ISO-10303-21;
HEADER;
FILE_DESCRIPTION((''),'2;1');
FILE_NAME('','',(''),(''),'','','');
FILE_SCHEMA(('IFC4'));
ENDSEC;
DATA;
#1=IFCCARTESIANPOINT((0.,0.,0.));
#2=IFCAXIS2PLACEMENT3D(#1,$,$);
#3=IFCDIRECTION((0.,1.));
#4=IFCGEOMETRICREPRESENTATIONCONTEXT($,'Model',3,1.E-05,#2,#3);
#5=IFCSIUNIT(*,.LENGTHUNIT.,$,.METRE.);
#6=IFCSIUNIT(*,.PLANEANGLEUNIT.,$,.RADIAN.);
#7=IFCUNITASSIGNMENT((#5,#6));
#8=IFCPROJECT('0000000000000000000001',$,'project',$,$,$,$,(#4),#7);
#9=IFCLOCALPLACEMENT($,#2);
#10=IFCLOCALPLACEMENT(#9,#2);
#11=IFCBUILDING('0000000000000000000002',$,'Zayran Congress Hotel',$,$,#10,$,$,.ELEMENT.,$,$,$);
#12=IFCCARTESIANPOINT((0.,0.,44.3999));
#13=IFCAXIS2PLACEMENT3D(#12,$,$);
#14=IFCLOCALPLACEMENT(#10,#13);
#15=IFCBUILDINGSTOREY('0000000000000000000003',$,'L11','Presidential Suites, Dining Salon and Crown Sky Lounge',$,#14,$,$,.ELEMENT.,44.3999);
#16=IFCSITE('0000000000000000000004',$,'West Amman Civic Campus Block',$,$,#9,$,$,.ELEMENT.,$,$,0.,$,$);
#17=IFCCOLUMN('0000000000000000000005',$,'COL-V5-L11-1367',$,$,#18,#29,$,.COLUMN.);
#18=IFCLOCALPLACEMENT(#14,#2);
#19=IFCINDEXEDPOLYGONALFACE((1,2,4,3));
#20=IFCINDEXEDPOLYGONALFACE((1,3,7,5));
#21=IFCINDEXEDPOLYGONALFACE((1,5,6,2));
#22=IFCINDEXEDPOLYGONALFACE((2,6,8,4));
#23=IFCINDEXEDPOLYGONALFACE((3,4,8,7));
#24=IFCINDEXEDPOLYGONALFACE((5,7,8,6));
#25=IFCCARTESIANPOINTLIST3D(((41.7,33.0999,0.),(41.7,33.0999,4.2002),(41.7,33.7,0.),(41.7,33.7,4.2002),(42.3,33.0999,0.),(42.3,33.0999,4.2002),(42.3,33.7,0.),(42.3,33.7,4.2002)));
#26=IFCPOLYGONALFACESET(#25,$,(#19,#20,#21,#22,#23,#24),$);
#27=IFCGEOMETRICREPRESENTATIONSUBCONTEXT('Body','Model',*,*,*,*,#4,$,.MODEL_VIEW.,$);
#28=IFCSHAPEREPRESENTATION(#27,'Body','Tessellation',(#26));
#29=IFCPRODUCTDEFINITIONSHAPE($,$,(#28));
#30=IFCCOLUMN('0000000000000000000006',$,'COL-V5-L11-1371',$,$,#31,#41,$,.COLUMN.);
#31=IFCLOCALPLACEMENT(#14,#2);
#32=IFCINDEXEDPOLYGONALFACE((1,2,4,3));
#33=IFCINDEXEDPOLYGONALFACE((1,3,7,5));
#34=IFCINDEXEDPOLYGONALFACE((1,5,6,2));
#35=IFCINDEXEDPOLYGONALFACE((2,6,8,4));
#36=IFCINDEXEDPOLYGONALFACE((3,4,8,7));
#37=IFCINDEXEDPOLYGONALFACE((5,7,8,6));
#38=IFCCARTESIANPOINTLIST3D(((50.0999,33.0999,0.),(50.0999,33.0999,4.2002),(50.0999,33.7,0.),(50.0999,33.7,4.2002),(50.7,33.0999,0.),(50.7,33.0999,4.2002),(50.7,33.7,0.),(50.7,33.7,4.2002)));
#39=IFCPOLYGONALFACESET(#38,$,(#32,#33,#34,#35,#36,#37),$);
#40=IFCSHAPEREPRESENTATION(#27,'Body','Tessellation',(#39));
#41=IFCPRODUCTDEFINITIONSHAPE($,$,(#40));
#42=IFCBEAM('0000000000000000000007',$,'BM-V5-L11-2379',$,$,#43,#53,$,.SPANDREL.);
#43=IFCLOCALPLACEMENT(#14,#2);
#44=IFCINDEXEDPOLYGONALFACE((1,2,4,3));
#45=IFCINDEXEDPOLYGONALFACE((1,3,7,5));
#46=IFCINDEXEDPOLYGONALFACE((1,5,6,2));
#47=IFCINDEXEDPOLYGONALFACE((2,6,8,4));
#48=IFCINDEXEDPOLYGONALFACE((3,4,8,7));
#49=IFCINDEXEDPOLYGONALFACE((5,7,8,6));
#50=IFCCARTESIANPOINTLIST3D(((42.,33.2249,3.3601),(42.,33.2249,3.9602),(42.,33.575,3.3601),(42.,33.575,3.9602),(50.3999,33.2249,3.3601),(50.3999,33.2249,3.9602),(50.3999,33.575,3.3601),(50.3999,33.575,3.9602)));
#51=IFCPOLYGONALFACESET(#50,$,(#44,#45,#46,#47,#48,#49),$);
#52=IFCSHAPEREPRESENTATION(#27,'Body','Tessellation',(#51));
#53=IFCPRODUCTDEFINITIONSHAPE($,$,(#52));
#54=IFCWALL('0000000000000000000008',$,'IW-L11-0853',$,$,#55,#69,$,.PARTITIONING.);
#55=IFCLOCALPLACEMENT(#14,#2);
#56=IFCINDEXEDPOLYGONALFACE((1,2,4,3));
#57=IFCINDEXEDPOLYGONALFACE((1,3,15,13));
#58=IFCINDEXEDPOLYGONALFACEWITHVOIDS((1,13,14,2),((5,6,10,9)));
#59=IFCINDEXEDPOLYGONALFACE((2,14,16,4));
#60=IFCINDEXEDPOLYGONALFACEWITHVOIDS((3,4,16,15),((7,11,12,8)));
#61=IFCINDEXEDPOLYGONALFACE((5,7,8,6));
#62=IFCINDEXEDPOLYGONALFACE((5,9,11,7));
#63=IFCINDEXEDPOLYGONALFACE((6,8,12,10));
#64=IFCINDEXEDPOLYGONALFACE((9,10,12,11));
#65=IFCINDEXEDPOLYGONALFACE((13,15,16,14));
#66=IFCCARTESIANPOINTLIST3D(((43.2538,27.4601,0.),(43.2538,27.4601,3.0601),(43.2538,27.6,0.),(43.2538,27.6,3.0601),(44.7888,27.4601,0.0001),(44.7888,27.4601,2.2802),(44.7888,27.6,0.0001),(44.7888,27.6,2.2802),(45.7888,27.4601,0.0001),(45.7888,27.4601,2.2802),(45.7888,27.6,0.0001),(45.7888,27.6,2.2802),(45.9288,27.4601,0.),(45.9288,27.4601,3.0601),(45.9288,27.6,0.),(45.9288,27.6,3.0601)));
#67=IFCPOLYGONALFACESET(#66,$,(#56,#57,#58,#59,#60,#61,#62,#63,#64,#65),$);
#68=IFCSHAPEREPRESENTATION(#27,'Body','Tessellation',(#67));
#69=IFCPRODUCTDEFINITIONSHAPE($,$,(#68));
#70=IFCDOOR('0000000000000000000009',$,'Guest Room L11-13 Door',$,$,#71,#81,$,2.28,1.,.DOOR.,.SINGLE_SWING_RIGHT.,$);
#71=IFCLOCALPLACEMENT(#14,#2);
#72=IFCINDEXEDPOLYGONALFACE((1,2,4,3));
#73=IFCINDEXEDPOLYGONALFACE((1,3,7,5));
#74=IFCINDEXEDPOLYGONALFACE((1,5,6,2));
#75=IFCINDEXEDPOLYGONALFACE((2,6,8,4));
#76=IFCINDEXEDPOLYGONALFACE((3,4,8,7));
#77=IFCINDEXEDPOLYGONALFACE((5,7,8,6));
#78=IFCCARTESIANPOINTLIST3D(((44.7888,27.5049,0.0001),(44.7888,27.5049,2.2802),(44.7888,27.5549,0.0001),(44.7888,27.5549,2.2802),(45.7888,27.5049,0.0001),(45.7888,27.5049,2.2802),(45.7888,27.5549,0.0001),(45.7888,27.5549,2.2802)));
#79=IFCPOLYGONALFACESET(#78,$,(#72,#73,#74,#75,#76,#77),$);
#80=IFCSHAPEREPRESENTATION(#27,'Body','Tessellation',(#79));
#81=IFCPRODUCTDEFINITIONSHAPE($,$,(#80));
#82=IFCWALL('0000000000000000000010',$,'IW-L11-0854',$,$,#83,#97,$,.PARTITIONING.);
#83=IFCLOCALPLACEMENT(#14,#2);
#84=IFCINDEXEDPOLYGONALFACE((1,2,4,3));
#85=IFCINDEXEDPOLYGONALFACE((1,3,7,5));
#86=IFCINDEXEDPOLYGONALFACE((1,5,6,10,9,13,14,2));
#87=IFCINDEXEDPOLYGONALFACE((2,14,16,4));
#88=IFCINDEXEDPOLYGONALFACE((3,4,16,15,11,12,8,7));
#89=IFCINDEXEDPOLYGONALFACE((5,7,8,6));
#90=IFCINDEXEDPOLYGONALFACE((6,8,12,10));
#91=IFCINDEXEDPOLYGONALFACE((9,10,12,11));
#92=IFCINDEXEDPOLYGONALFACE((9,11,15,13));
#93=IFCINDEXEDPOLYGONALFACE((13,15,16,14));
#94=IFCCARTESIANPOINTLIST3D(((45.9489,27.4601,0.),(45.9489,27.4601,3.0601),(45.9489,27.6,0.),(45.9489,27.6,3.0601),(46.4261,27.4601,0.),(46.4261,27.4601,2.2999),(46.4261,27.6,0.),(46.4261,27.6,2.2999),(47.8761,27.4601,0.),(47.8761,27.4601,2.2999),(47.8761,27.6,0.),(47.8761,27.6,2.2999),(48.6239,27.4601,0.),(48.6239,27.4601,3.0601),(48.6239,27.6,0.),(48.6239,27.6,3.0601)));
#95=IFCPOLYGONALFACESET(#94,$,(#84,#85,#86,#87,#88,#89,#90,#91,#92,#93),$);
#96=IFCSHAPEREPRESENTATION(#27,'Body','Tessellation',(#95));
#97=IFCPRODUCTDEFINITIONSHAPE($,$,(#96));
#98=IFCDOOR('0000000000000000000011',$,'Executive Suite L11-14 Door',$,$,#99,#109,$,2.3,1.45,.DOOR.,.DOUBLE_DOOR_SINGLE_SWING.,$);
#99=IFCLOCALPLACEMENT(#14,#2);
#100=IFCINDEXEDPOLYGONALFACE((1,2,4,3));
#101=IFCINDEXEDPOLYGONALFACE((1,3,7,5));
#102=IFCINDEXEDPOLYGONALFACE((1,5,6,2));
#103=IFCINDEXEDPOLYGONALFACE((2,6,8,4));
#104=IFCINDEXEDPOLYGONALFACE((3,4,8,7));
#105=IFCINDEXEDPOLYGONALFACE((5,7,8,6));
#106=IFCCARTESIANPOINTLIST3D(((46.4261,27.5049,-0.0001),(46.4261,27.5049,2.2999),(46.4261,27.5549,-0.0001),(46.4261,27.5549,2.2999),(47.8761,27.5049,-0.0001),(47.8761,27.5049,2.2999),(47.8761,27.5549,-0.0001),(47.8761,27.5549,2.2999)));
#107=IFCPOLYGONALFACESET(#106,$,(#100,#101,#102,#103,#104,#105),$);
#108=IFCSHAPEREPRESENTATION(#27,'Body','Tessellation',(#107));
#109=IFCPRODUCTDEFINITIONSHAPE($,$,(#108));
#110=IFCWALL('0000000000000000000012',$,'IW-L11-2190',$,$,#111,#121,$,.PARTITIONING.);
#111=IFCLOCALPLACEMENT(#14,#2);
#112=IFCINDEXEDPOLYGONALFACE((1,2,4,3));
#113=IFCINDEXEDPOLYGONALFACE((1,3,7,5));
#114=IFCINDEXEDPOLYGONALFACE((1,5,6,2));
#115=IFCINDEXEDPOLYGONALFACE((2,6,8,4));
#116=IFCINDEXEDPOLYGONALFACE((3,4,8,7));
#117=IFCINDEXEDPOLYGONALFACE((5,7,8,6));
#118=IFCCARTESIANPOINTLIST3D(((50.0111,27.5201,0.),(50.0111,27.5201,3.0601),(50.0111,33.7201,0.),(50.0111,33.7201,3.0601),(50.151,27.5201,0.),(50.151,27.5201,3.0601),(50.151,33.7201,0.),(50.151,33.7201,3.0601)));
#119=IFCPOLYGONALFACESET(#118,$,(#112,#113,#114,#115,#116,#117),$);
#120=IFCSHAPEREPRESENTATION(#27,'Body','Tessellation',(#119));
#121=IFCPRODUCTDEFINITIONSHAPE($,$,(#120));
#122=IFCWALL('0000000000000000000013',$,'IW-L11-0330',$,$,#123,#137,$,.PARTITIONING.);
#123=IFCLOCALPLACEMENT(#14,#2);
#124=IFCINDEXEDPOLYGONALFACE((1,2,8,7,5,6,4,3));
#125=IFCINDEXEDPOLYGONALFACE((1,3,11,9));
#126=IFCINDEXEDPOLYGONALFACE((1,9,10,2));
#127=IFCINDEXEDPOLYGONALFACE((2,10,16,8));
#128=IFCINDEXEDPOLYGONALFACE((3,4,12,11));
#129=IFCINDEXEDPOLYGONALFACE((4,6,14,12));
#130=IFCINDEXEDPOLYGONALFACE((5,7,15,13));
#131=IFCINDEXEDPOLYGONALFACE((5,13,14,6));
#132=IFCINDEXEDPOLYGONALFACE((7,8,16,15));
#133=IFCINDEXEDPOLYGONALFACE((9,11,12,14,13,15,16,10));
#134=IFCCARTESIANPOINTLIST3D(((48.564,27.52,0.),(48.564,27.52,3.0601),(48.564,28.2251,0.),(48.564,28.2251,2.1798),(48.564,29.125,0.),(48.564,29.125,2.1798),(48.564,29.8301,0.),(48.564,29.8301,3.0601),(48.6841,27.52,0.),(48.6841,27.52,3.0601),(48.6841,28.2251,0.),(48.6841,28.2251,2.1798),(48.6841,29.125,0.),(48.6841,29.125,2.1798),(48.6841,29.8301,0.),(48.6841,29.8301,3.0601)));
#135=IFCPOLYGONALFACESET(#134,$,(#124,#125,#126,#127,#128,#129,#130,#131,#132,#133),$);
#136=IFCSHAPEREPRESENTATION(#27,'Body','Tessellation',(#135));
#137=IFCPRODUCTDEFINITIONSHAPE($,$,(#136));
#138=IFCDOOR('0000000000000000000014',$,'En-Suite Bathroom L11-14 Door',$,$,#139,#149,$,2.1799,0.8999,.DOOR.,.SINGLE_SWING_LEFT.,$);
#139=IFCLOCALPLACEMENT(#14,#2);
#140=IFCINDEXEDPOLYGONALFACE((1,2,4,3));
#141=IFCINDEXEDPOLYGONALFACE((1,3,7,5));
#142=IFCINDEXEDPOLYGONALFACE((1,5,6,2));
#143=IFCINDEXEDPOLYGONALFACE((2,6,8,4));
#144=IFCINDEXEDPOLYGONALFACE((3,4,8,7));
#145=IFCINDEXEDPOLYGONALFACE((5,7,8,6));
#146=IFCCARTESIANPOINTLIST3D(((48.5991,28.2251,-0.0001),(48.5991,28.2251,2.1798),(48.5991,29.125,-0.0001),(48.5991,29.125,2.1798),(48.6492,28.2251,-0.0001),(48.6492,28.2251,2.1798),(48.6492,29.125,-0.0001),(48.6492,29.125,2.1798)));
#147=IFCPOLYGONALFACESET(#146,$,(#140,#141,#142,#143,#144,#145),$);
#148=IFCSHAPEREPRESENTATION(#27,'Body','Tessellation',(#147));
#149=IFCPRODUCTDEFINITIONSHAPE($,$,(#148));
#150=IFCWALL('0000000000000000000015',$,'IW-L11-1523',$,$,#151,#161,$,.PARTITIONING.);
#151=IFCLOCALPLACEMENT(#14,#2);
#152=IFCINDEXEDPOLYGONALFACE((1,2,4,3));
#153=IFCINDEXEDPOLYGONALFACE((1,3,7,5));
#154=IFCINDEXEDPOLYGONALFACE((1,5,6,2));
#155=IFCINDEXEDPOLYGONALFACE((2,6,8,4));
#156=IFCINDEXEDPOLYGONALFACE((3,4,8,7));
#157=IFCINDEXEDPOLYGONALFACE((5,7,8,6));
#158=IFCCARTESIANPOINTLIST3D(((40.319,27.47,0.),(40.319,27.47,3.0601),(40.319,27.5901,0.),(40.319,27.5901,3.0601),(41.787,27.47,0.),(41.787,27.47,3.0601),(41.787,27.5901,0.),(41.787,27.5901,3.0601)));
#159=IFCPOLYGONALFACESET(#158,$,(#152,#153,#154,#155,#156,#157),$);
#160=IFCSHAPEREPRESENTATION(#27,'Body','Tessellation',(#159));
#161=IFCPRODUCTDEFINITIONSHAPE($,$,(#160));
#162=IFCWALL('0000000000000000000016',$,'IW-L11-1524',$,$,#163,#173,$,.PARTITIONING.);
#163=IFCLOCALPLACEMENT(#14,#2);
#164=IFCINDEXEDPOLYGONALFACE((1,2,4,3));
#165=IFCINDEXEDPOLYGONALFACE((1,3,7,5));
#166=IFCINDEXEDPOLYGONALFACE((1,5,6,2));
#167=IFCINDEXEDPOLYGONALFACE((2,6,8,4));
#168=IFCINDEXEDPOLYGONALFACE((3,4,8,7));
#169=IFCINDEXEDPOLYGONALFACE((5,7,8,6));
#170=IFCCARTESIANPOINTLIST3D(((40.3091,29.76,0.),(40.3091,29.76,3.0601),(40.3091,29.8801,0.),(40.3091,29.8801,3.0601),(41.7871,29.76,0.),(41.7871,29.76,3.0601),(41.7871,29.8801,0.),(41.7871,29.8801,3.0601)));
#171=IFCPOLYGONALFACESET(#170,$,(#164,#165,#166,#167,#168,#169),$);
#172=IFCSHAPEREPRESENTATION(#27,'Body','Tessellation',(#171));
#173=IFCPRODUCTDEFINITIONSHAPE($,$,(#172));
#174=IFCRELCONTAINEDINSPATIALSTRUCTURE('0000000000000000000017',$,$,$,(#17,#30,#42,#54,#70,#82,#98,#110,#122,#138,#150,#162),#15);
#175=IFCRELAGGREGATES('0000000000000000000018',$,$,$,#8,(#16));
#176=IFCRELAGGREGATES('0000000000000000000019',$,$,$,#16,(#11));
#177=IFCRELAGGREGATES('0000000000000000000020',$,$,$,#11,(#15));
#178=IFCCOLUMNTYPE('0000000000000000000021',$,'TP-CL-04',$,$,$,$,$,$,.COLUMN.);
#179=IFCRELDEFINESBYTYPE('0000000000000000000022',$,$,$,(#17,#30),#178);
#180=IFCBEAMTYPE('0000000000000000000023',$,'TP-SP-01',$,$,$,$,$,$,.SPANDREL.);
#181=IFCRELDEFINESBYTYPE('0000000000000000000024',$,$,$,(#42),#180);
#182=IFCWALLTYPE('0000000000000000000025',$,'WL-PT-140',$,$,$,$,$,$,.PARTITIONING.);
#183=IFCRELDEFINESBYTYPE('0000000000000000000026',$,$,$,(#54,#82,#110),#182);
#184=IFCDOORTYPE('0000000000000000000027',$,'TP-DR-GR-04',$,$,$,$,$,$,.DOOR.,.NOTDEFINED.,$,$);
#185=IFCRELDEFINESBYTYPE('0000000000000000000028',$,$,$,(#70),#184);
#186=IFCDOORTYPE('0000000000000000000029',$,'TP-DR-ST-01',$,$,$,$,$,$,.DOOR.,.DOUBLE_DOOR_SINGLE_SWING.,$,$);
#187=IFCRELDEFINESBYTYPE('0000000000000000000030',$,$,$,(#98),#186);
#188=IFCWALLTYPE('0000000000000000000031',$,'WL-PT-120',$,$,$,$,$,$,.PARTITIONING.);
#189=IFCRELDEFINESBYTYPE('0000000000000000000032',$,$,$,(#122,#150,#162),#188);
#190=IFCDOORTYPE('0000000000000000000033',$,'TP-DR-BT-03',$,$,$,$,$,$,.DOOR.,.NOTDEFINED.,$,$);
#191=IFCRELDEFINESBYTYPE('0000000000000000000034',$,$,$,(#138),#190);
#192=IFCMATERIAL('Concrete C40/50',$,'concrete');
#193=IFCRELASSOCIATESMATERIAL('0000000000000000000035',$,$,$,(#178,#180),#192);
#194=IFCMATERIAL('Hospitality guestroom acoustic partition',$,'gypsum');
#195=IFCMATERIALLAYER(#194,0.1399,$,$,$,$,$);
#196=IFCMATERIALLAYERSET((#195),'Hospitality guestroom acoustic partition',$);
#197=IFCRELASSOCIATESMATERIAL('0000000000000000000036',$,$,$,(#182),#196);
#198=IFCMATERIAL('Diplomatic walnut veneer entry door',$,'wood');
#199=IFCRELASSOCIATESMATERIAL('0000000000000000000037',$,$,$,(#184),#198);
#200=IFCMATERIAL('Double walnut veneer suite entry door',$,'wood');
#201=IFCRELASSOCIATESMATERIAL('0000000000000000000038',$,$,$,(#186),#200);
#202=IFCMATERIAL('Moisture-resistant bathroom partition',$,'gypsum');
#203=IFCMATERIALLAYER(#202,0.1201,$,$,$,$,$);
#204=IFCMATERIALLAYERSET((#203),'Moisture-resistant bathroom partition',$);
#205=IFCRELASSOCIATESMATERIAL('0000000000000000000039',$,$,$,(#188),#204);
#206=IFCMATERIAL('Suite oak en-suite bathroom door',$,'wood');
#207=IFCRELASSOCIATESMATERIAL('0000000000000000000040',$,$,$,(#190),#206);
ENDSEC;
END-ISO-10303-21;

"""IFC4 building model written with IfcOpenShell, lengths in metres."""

from ifc_helpers import new_model, si_unit, direction, frame, frame_2d, origin, origin_2d, place, context, subcontext, project, spatial, rectangle, extrude, material, layer, layer_set, material_profile, profile_set, type_object, element, fill, save


model = new_model("IFC4")

# Units and contexts
model_context = context("Model", 3, precision=1e-05, world=origin(), true_north=direction((0.0, 1.0)))
body_context = subcontext(model_context, "Body", "Model", "MODEL_VIEW")
ifc_project = project(units=[si_unit("LENGTHUNIT", "METRE"), si_unit("PLANEANGLEUNIT", "RADIAN")], contexts=[model_context])

# Site, building, storey
site_placement = place(None, origin())
site = spatial("IfcSite", under=ifc_project, at=site_placement, Name="West Amman Civic Campus Block", CompositionType="ELEMENT", RefElevation=0.0)
building_placement = place(site_placement, origin())
building = spatial("IfcBuilding", under=site, at=building_placement, Name="Zayran Congress Hotel", CompositionType="ELEMENT")
storey_placement = place(building_placement, frame((0.0, 0.0, 44.3999)))
storey = spatial("IfcBuildingStorey", under=building, at=storey_placement, Name="L11", Description="Presidential Suites, Dining Salon and Crown Sky Lounge", CompositionType="ELEMENT", Elevation=44.3999)

# Columns
ifc_material_1 = material(Name="Concrete C40/50", Category="concrete")
ifc_material_profile_1 = material_profile(ifc_material_1, rectangle(XDim=0.6001, YDim=0.6001, at=origin_2d()), Name="RC 600x600")
ifc_profile_set_1 = profile_set([ifc_material_profile_1], Name="Concrete C40/50")
column_type = type_object("IfcColumnType", Name="TP-CL-04", PredefinedType="COLUMN", material=ifc_profile_set_1)
for number, where, z_axis, x_axis, name in (
    (1, (42.0, 33.3999, 0.0), (0.0, 0.0, 1.0), (1.0, 0.0, 0.0), "COL-V5-L11-1367"),
    (2, (50.3999, 33.3999, 0.0), (0.0, 0.0, 1.0), (1.0, 0.0, 0.0), "COL-V5-L11-1371"),
):
    element("IfcColumn", number, at=place(storey_placement, frame(where, z_axis=z_axis, x_axis=x_axis)), inside=storey, type_object=column_type, Name=name, PredefinedType="COLUMN", context=body_context, shape_type="SweptSolid", body=[
        extrude(rectangle(XDim=0.6001, YDim=0.6001, at=origin_2d()), origin(), (0.0, 0.0, 1.0), 4.2002),
    ])

# Beam
ifc_material_profile_2 = material_profile(ifc_material_1, rectangle(XDim=0.3501, YDim=0.6001, at=origin_2d()), Name="RC 350x600")
ifc_profile_set_2 = profile_set([ifc_material_profile_2], Name="Concrete C40/50")
beam_type = type_object("IfcBeamType", Name="TP-SP-01", PredefinedType="SPANDREL", material=ifc_profile_set_2)
beam_placement = place(storey_placement, frame((42.0, 33.3999, 3.6602), z_axis=(1.0, 0.0, 0.0), x_axis=(0.0, 1.0, 0.0)))
element("IfcBeam", 3, at=beam_placement, inside=storey, type_object=beam_type, Name="BM-V5-L11-2379", PredefinedType="SPANDREL", context=body_context, shape_type="SweptSolid", body=[
    extrude(rectangle(XDim=0.3501, YDim=0.6001, at=origin_2d()), origin(), (0.0, 0.0, 1.0), 8.3999),
])

# Walls, openings, doors
ifc_material_2 = material(Name="Hospitality guestroom acoustic partition", Category="gypsum")
ifc_layer_1 = layer(ifc_material_2, 0.1399)
ifc_layer_set_1 = layer_set([ifc_layer_1], Name="Hospitality guestroom acoustic partition")
wall_type_1 = type_object("IfcWallType", Name="WL-PT-140", PredefinedType="PARTITIONING", material=ifc_layer_set_1)
wall_1_placement = place(storey_placement, frame((43.2539, 27.53, 0.0), z_axis=(0.0, 0.0, 1.0), x_axis=(1.0, 0.0, 0.0)))
wall_1 = element("IfcWall", 4, at=wall_1_placement, inside=storey, type_object=wall_type_1, Name="IW-L11-0853", PredefinedType="PARTITIONING", context=body_context, shape_type="SweptSolid", body=[
    extrude(rectangle(XDim=2.675, YDim=0.1399, at=frame_2d((1.3374, 0.0))), origin(), (0.0, 0.0, 1.0), 3.0601),
])
opening_1_placement = place(wall_1_placement, frame((1.5349, 0.0, 0.0)))
opening_1 = element("IfcOpeningElement", 5, at=opening_1_placement, cuts=wall_1, PredefinedType="OPENING", context=body_context, shape_type="SweptSolid", body=[
    extrude(rectangle(XDim=1.0, YDim=2.28, at=frame_2d((0.5, 1.1401))), frame((0.0, 0.0798, 0.0), z_axis=(0.0, -1.0, 0.0), x_axis=(1.0, 0.0, 0.0)), (0.0, 0.0, 1.0), 0.1599),
])
ifc_material_3 = material(Name="Diplomatic walnut veneer entry door", Category="wood")
door_type_1 = type_object("IfcDoorType", Name="TP-DR-GR-04", OperationType="NOTDEFINED", PredefinedType="DOOR", material=ifc_material_3)
door_1_placement = place(opening_1_placement, origin())
door_1 = element("IfcDoor", 6, at=door_1_placement, inside=storey, type_object=door_type_1, Name="Guest Room L11-13 Door", OperationType="SINGLE_SWING_RIGHT", OverallHeight=2.28, OverallWidth=1.0, PredefinedType="DOOR", context=body_context, shape_type="SweptSolid", body=[
    extrude(rectangle(XDim=1.0, YDim=2.28, at=frame_2d((0.5, 1.1401))), frame((0.0, 0.0249, 0.0), z_axis=(0.0, -1.0, 0.0), x_axis=(1.0, 0.0, 0.0)), (0.0, 0.0, 1.0), 0.05),
])
fill(opening_1, door_1)
wall_2_placement = place(storey_placement, frame((45.949, 27.53, 0.0), z_axis=(0.0, 0.0, 1.0), x_axis=(1.0, 0.0, 0.0)))
wall_2 = element("IfcWall", 7, at=wall_2_placement, inside=storey, type_object=wall_type_1, Name="IW-L11-0854", PredefinedType="PARTITIONING", context=body_context, shape_type="SweptSolid", body=[
    extrude(rectangle(XDim=2.675, YDim=0.1399, at=frame_2d((1.3374, 0.0))), origin(), (0.0, 0.0, 1.0), 3.0601),
])
opening_2_placement = place(wall_2_placement, frame((0.4771, 0.0, 0.0)))
opening_2 = element("IfcOpeningElement", 8, at=opening_2_placement, cuts=wall_2, PredefinedType="OPENING", context=body_context, shape_type="SweptSolid", body=[
    extrude(rectangle(XDim=1.45, YDim=2.3, at=frame_2d((0.7251, 1.1499))), frame((0.0, 0.0798, 0.0), z_axis=(0.0, -1.0, 0.0), x_axis=(1.0, 0.0, 0.0)), (0.0, 0.0, 1.0), 0.1599),
])
ifc_material_4 = material(Name="Double walnut veneer suite entry door", Category="wood")
door_type_2 = type_object("IfcDoorType", Name="TP-DR-ST-01", OperationType="DOUBLE_DOOR_SINGLE_SWING", PredefinedType="DOOR", material=ifc_material_4)
door_2_placement = place(opening_2_placement, origin())
door_2 = element("IfcDoor", 9, at=door_2_placement, inside=storey, type_object=door_type_2, Name="Executive Suite L11-14 Door", OperationType="DOUBLE_DOOR_SINGLE_SWING", OverallHeight=2.3, OverallWidth=1.45, PredefinedType="DOOR", context=body_context, shape_type="SweptSolid", body=[
    extrude(rectangle(XDim=1.45, YDim=2.3, at=frame_2d((0.7251, 1.1499))), frame((0.0, 0.0249, 0.0), z_axis=(0.0, -1.0, 0.0), x_axis=(1.0, 0.0, 0.0)), (0.0, 0.0, 1.0), 0.05),
])
fill(opening_2, door_2)

# Wall
wall_3_placement = place(storey_placement, frame((50.0811, 27.52, 0.0), z_axis=(0.0, 0.0, 1.0), x_axis=(0.0, 1.0, 0.0)))
element("IfcWall", 10, at=wall_3_placement, inside=storey, type_object=wall_type_1, Name="IW-L11-2190", PredefinedType="PARTITIONING", context=body_context, shape_type="SweptSolid", body=[
    extrude(rectangle(XDim=6.2, YDim=0.1399, at=frame_2d((3.1001, 0.0))), origin(), (0.0, 0.0, 1.0), 3.0601),
])

# Wall, opening, door
ifc_material_5 = material(Name="Moisture-resistant bathroom partition", Category="gypsum")
ifc_layer_2 = layer(ifc_material_5, 0.1201)
ifc_layer_set_2 = layer_set([ifc_layer_2], Name="Moisture-resistant bathroom partition")
wall_type_2 = type_object("IfcWallType", Name="WL-PT-120", PredefinedType="PARTITIONING", material=ifc_layer_set_2)
wall_4_placement = place(storey_placement, frame((48.624, 27.52, 0.0), z_axis=(0.0, 0.0, 1.0), x_axis=(0.0, 1.0, 0.0)))
wall_4 = element("IfcWall", 11, at=wall_4_placement, inside=storey, type_object=wall_type_2, Name="IW-L11-0330", PredefinedType="PARTITIONING", context=body_context, shape_type="SweptSolid", body=[
    extrude(rectangle(XDim=2.3101, YDim=0.1201, at=frame_2d((1.155, 0.0))), origin(), (0.0, 0.0, 1.0), 3.0601),
])
opening_3_placement = place(wall_4_placement, frame((0.7051, 0.0, 0.0)))
opening_3 = element("IfcOpeningElement", 12, at=opening_3_placement, cuts=wall_4, PredefinedType="OPENING", context=body_context, shape_type="SweptSolid", body=[
    extrude(rectangle(XDim=0.8999, YDim=2.1799, at=frame_2d((0.45, 1.0898))), frame((0.0, 0.0701, 0.0), z_axis=(0.0, -1.0, 0.0), x_axis=(1.0, 0.0, 0.0)), (0.0, 0.0, 1.0), 0.1401),
])
ifc_material_6 = material(Name="Suite oak en-suite bathroom door", Category="wood")
door_type_3 = type_object("IfcDoorType", Name="TP-DR-BT-03", OperationType="NOTDEFINED", PredefinedType="DOOR", material=ifc_material_6)
door_3_placement = place(opening_3_placement, origin())
door_3 = element("IfcDoor", 13, at=door_3_placement, inside=storey, type_object=door_type_3, Name="En-Suite Bathroom L11-14 Door", OperationType="SINGLE_SWING_LEFT", OverallHeight=2.1799, OverallWidth=0.8999, PredefinedType="DOOR", context=body_context, shape_type="SweptSolid", body=[
    extrude(rectangle(XDim=0.8999, YDim=2.1799, at=frame_2d((0.45, 1.0898))), frame((0.0, 0.0249, 0.0), z_axis=(0.0, -1.0, 0.0), x_axis=(1.0, 0.0, 0.0)), (0.0, 0.0, 1.0), 0.05),
])
fill(opening_3, door_3)

# Walls
wall_5_placement = place(storey_placement, frame((40.3191, 27.53, 0.0), z_axis=(0.0, 0.0, 1.0), x_axis=(1.0, 0.0, 0.0)))
element("IfcWall", 14, at=wall_5_placement, inside=storey, type_object=wall_type_2, Name="IW-L11-1523", PredefinedType="PARTITIONING", context=body_context, shape_type="SweptSolid", body=[
    extrude(rectangle(XDim=1.468, YDim=0.1201, at=frame_2d((0.7339, 0.0))), origin(), (0.0, 0.0, 1.0), 3.0601),
])
wall_6_placement = place(storey_placement, frame((40.3091, 29.8201, 0.0), z_axis=(0.0, 0.0, 1.0), x_axis=(1.0, 0.0, 0.0)))
element("IfcWall", 15, at=wall_6_placement, inside=storey, type_object=wall_type_2, Name="IW-L11-1524", PredefinedType="PARTITIONING", context=body_context, shape_type="SweptSolid", body=[
    extrude(rectangle(XDim=1.478, YDim=0.1201, at=frame_2d((0.739, 0.0))), origin(), (0.0, 0.0, 1.0), 3.0601),
])

save(model, "model.ifc")
